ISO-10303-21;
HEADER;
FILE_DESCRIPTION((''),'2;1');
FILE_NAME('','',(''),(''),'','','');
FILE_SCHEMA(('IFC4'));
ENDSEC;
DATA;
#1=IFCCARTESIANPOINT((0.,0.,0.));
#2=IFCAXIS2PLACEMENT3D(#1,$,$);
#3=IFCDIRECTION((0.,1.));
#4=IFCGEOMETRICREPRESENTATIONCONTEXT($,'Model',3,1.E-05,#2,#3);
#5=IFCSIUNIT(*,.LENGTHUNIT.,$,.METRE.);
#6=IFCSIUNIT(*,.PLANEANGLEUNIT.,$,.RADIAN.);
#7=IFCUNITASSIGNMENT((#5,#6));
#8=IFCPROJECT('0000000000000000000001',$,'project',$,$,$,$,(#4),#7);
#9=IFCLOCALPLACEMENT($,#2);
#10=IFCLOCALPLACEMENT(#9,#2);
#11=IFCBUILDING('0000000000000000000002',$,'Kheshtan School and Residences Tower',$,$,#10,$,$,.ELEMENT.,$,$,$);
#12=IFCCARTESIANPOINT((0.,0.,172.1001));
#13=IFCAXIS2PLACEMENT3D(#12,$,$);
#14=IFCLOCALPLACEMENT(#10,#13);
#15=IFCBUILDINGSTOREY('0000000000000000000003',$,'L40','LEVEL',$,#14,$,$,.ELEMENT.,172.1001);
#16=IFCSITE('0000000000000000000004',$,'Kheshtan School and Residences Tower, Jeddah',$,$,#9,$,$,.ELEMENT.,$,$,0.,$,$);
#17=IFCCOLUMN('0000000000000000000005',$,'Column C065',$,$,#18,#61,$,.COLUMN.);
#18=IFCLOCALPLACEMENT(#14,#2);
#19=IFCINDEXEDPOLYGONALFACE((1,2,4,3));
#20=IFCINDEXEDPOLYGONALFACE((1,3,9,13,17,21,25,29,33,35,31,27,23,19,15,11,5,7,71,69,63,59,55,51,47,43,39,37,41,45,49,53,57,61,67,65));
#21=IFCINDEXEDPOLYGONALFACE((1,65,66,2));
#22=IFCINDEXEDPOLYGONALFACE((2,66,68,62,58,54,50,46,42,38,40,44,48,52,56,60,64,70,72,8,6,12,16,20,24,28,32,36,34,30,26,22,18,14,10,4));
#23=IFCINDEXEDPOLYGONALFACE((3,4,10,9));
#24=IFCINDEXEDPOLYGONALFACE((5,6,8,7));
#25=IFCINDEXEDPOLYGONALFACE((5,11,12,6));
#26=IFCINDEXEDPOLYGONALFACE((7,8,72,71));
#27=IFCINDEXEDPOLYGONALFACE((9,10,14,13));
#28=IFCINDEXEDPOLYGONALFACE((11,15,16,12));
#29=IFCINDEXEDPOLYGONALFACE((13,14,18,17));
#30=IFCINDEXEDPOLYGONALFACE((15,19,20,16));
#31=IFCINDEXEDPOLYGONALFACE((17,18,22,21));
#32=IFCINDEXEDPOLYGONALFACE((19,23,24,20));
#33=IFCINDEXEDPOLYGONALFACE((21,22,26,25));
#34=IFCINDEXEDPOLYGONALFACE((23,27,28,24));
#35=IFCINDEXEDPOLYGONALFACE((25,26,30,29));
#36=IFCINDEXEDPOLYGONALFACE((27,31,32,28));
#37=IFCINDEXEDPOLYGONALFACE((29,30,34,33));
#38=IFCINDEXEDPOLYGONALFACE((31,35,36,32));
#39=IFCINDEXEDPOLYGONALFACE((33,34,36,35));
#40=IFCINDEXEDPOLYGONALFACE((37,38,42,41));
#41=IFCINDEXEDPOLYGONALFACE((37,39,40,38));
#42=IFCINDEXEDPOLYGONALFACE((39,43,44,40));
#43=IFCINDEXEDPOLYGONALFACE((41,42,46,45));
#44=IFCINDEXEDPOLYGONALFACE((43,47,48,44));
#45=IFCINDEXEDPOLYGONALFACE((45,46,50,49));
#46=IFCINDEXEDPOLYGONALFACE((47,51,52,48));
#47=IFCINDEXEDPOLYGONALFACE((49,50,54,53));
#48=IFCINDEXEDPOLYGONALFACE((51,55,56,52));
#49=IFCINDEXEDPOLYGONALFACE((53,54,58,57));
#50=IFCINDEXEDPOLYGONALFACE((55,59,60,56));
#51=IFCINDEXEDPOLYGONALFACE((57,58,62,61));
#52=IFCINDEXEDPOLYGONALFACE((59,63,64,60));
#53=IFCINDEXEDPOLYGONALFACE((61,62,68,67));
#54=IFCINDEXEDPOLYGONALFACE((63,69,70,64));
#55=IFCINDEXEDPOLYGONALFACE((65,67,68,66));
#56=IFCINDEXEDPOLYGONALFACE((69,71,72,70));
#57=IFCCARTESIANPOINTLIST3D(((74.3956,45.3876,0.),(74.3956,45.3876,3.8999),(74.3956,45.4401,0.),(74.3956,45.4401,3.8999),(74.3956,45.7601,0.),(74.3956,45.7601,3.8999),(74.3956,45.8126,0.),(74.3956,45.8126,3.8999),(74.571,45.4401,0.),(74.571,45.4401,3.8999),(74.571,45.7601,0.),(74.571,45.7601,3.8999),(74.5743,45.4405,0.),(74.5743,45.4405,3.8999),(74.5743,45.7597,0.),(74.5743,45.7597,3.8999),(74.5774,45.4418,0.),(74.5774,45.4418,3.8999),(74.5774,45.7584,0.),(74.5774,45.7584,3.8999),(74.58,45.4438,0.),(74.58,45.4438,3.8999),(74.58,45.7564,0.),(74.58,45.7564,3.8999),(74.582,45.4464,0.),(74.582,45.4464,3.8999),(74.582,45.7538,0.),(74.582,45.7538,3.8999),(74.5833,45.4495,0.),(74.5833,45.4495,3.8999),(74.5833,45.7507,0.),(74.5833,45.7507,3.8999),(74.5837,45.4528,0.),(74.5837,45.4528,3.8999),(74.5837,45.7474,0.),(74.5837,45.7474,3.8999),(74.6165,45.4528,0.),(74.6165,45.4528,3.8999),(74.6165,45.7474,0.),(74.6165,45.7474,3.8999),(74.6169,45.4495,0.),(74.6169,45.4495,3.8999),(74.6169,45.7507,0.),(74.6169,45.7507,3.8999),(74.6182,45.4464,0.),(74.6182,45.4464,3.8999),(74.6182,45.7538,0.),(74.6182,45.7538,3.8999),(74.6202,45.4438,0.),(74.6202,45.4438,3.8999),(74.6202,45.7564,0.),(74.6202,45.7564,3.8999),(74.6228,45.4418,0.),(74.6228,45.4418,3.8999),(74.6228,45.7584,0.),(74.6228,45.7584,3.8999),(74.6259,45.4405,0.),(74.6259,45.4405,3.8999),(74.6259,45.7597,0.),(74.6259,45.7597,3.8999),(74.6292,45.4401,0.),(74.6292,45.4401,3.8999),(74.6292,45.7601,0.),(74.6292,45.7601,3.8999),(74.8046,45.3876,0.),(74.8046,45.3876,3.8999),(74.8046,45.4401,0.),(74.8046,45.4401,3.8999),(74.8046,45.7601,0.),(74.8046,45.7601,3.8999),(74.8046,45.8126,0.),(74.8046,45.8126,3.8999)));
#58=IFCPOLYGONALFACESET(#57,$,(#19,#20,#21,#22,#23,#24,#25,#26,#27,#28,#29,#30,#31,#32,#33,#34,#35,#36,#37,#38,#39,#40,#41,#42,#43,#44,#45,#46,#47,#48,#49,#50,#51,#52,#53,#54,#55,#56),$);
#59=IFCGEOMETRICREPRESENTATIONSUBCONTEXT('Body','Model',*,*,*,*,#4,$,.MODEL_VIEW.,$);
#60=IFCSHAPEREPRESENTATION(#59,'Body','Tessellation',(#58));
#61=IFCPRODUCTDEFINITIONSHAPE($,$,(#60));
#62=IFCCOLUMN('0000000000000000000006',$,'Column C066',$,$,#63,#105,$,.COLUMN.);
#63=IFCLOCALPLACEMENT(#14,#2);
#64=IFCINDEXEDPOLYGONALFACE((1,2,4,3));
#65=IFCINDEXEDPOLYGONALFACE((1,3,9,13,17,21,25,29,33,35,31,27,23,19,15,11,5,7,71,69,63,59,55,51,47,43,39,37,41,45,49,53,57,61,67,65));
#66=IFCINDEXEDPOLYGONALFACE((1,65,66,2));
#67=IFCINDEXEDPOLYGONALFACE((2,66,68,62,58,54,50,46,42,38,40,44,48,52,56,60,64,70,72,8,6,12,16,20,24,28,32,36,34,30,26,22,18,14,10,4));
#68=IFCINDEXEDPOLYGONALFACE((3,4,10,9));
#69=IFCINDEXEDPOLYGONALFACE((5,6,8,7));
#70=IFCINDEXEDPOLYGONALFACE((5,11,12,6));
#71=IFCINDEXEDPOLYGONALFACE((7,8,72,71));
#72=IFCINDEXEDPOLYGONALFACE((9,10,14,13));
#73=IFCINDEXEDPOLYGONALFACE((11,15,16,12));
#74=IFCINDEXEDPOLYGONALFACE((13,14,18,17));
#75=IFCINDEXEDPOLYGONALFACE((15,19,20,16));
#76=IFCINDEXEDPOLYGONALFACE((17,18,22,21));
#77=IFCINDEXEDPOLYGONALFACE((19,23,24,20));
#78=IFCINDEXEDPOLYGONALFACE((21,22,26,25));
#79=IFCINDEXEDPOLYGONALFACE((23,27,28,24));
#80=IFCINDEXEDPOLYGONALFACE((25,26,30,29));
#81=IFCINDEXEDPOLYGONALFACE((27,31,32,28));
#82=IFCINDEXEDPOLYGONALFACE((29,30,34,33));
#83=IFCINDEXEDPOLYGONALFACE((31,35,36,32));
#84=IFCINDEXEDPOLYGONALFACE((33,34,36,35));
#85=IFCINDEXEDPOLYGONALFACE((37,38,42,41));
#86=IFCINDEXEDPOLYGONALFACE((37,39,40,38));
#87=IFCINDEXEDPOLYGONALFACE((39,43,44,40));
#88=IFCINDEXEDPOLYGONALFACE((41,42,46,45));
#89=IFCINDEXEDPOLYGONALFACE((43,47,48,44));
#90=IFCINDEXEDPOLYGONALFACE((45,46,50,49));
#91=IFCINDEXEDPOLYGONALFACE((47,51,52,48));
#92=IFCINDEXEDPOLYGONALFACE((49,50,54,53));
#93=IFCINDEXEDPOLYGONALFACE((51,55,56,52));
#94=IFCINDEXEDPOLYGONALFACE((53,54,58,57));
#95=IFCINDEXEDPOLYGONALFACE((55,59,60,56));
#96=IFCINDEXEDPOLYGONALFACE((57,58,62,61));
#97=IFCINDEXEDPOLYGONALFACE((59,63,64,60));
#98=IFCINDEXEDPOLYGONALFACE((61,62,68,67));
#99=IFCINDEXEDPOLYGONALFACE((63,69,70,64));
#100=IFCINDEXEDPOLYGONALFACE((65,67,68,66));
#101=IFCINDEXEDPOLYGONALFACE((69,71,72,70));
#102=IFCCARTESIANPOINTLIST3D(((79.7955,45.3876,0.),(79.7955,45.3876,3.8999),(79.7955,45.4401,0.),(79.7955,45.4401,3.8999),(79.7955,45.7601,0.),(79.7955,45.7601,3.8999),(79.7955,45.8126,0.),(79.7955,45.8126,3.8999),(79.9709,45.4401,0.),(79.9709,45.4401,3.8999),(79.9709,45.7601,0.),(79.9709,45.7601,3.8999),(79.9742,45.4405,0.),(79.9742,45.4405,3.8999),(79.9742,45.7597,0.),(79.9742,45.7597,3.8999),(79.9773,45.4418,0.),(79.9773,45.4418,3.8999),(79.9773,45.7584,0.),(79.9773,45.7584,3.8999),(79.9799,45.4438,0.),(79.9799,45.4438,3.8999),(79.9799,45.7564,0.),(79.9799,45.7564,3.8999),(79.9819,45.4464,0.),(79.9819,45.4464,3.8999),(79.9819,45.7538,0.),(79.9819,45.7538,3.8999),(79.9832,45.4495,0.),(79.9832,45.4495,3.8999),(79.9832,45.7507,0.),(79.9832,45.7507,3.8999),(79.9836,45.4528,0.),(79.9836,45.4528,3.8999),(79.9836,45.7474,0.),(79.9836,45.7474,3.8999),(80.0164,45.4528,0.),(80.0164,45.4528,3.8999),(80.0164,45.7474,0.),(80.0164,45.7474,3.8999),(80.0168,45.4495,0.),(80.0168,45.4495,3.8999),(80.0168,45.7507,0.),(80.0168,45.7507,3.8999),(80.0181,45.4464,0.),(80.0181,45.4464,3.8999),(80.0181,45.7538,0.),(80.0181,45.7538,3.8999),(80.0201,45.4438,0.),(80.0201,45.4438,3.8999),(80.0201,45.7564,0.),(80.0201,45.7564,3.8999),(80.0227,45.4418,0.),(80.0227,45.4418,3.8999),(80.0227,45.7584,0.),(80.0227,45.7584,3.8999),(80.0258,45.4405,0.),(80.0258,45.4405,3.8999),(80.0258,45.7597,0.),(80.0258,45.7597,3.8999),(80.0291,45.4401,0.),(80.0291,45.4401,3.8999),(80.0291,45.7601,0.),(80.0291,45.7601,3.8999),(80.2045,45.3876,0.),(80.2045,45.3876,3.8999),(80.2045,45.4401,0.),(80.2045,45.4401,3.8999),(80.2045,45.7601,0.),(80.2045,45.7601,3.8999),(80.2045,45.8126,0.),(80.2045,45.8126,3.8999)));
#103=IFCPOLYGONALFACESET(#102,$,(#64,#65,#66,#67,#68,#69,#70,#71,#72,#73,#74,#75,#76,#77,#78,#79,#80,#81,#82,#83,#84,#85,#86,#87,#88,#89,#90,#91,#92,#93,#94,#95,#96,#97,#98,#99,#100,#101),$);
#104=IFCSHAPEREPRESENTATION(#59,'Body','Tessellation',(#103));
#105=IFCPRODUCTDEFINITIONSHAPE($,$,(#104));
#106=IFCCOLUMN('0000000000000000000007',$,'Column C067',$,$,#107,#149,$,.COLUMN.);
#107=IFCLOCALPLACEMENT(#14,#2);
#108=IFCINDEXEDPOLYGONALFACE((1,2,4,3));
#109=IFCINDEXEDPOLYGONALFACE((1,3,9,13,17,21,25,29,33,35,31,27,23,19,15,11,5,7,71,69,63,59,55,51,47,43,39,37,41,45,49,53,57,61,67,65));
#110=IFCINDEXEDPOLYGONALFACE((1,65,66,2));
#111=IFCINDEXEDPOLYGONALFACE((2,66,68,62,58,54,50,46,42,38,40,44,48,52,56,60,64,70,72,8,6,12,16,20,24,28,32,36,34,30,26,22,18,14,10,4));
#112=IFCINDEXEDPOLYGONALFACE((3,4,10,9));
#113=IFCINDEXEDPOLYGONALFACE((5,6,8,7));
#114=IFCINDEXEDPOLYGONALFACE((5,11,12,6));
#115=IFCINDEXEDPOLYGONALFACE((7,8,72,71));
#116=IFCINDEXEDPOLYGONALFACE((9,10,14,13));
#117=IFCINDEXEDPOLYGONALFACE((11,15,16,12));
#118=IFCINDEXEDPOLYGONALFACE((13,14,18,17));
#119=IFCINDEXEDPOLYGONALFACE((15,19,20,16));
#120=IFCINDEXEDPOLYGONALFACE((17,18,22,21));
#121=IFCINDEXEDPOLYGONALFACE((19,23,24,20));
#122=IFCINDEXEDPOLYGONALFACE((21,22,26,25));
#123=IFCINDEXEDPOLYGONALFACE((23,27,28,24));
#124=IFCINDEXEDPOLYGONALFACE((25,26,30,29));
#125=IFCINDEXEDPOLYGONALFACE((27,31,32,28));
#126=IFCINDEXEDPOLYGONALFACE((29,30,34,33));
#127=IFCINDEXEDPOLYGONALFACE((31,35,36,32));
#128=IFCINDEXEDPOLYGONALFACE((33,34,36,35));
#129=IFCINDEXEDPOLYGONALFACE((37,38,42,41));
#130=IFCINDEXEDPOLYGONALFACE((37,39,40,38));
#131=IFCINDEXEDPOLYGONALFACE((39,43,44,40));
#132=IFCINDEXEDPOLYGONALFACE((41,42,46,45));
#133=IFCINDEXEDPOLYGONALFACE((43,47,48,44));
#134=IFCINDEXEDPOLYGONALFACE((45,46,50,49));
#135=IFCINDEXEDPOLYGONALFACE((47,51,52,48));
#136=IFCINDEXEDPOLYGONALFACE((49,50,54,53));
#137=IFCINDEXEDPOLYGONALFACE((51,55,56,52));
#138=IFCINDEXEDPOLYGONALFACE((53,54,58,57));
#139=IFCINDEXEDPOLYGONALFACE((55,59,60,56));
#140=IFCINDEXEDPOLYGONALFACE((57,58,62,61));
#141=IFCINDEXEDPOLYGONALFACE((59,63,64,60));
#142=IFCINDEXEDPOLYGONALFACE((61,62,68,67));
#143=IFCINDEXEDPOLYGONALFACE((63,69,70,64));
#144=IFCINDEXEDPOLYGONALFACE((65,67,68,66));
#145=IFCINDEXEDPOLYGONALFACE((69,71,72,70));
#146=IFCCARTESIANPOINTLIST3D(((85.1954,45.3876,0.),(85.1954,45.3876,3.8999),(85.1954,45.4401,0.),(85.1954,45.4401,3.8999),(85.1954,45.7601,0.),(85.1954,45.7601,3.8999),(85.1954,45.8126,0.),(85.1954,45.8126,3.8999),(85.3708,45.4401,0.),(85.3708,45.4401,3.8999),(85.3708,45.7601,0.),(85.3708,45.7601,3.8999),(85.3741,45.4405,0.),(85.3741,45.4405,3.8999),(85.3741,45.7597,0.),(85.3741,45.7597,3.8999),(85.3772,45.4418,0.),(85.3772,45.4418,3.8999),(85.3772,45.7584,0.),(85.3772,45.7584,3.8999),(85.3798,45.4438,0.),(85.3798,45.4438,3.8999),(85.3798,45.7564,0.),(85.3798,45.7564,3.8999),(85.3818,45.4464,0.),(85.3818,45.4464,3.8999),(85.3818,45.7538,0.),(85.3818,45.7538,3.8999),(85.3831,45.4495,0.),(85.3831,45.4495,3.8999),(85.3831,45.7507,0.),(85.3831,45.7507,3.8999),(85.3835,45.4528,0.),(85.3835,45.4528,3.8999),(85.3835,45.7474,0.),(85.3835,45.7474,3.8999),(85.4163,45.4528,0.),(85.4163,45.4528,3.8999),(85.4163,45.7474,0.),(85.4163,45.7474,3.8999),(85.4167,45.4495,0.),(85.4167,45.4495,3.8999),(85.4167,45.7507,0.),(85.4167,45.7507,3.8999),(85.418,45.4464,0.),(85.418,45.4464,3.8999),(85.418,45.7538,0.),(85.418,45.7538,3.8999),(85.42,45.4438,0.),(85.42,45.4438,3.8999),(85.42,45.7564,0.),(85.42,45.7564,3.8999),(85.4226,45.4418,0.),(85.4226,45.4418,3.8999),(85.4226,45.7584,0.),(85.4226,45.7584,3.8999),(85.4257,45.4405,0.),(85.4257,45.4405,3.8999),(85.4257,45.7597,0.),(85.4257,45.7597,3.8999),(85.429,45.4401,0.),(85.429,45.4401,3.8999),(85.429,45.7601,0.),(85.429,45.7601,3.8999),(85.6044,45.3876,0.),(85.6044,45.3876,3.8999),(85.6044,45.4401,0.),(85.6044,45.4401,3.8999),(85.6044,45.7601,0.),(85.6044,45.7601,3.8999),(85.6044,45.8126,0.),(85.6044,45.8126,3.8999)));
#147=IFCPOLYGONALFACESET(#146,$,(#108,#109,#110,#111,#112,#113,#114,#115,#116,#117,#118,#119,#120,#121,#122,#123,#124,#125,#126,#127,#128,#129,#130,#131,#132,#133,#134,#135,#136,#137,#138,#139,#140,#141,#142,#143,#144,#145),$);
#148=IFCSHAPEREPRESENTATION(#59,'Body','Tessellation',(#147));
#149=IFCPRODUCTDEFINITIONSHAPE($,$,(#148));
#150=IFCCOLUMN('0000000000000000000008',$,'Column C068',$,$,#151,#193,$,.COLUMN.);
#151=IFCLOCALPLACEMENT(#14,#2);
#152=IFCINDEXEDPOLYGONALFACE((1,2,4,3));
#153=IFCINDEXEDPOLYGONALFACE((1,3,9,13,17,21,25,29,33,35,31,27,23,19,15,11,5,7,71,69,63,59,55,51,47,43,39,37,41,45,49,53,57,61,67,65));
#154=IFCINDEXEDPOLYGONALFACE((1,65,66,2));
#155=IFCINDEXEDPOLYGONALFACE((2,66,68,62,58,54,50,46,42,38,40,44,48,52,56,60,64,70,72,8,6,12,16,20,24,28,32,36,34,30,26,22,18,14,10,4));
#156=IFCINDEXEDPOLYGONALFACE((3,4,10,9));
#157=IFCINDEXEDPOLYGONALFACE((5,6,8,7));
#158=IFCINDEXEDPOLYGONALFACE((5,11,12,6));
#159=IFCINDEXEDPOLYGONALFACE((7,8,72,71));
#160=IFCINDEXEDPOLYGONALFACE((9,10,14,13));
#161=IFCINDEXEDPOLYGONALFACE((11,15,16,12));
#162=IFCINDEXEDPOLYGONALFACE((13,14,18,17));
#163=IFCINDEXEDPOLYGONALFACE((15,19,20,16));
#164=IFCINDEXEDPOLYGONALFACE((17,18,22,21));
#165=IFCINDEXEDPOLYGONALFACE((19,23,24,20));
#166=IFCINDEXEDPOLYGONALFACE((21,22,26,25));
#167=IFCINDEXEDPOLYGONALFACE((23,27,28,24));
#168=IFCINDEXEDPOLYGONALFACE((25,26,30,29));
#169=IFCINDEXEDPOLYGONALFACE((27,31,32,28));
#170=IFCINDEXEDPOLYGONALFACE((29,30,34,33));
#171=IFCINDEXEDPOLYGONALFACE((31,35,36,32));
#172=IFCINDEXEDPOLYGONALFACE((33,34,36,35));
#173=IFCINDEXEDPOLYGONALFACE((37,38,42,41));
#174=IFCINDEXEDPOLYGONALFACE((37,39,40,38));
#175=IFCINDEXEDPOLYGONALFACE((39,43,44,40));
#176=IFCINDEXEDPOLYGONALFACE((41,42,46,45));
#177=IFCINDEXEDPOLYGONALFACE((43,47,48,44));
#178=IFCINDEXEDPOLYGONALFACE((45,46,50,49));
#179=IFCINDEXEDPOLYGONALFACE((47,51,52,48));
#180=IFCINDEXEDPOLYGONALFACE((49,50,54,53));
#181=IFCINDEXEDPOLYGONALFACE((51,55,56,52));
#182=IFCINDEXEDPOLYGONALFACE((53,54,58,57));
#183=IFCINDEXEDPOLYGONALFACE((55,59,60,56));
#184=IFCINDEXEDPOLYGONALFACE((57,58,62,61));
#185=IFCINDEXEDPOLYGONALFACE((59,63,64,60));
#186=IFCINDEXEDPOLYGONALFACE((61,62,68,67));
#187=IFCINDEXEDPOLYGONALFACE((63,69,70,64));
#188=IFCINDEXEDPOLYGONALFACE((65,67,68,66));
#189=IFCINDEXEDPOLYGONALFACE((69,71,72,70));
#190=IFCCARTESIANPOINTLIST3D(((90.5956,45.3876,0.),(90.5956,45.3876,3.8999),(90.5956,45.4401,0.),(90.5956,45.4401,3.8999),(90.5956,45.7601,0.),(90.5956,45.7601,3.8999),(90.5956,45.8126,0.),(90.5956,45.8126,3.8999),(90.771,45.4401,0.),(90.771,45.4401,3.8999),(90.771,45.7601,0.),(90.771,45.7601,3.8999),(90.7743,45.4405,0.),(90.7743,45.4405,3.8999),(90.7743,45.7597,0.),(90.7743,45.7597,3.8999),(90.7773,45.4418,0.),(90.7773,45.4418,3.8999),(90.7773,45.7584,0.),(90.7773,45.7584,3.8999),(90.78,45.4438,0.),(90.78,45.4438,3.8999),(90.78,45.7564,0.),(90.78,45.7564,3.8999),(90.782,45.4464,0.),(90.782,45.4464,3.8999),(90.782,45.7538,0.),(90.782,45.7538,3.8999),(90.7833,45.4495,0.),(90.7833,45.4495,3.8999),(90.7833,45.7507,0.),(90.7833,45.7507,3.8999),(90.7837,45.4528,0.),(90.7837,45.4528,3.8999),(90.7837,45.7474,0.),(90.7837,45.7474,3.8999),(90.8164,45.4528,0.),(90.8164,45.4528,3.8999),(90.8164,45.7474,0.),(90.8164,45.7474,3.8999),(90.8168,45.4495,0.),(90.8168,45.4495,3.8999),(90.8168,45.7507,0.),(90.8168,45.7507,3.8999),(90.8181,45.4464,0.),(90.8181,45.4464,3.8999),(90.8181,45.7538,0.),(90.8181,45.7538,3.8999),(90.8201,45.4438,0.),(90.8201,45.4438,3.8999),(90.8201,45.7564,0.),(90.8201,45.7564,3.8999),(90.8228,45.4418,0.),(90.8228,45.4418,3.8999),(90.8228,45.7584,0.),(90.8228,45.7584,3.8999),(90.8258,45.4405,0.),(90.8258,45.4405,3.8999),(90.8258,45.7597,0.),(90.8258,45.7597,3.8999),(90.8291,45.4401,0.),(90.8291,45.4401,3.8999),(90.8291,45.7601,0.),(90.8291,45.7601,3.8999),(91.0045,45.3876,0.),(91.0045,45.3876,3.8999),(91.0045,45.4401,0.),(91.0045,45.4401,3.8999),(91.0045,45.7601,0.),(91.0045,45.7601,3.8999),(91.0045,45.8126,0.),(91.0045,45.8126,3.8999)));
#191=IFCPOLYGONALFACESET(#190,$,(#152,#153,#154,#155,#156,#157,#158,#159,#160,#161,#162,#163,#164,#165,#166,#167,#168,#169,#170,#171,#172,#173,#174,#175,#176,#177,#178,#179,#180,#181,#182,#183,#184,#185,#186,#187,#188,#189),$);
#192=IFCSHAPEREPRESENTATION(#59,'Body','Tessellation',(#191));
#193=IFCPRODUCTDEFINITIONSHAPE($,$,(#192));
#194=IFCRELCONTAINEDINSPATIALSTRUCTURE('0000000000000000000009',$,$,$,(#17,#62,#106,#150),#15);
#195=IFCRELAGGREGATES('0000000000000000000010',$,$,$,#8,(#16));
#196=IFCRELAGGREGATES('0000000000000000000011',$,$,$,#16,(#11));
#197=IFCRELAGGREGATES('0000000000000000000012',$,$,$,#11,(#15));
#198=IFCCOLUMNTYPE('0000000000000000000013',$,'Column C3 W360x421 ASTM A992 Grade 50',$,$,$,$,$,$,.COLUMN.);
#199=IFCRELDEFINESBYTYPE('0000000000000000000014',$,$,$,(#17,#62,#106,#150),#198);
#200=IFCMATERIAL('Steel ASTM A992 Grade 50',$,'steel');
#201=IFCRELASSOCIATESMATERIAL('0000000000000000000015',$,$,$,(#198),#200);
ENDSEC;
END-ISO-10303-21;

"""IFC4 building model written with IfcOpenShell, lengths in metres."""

from ifc_helpers import new_model, si_unit, direction, frame, origin, origin_2d, place, context, subcontext, project, spatial, i_section, extrude, material, material_profile, profile_set, type_object, element, save


model = new_model("IFC4")

# Units and contexts
model_context = context("Model", 3, precision=1e-05, world=origin(), true_north=direction((0.0, 1.0)))
body_context = subcontext(model_context, "Body", "Model", "MODEL_VIEW")
ifc_project = project(units=[si_unit("LENGTHUNIT", "METRE"), si_unit("PLANEANGLEUNIT", "RADIAN")], contexts=[model_context])

# Site, building, storey
site_placement = place(None, origin())
site = spatial("IfcSite", under=ifc_project, at=site_placement, Name="Kheshtan School and Residences Tower, Jeddah", CompositionType="ELEMENT", RefElevation=0.0)
building_placement = place(site_placement, origin())
building = spatial("IfcBuilding", under=site, at=building_placement, Name="Kheshtan School and Residences Tower", CompositionType="ELEMENT")
storey_placement = place(building_placement, frame((0.0, 0.0, 172.1001)))
storey = spatial("IfcBuildingStorey", under=building, at=storey_placement, Name="L40", Description="LEVEL", CompositionType="ELEMENT", Elevation=172.1001)

# Columns
ifc_material_1 = material(Name="Steel ASTM A992 Grade 50", Category="steel")
ifc_material_profile_1 = material_profile(ifc_material_1, i_section(OverallWidth=0.4089, OverallDepth=0.425, WebThickness=0.0327, FlangeThickness=0.0525, FilletRadius=0.0127, at=origin_2d()), Name="W360x421")
ifc_profile_set_1 = profile_set([ifc_material_profile_1], Name="Steel ASTM A992 Grade 50")
column_type = type_object("IfcColumnType", Name="Column C3 W360x421 ASTM A992 Grade 50", PredefinedType="COLUMN", material=ifc_profile_set_1)
for number, where, z_axis, x_axis, name in (
    (1, (74.6001, 45.6001, 0.0), (0.0, 0.0, 1.0), (1.0, 0.0, 0.0), "Column C065"),
    (2, (80.0, 45.6001, 0.0), (0.0, 0.0, 1.0), (1.0, 0.0, 0.0), "Column C066"),
    (3, (85.3999, 45.6001, 0.0), (0.0, 0.0, 1.0), (1.0, 0.0, 0.0), "Column C067"),
    (4, (90.8, 45.6001, 0.0), (0.0, 0.0, 1.0), (1.0, 0.0, 0.0), "Column C068"),
):
    element("IfcColumn", number, at=place(storey_placement, frame(where, z_axis=z_axis, x_axis=x_axis)), inside=storey, type_object=column_type, Name=name, PredefinedType="COLUMN", context=body_context, shape_type="SweptSolid", body=[
        extrude(i_section(OverallWidth=0.4089, OverallDepth=0.425, WebThickness=0.0327, FlangeThickness=0.0525, FilletRadius=0.0127, at=origin_2d()), origin(), (0.0, 0.0, 1.0), 3.8999),
    ])

save(model, "model.ifc")
